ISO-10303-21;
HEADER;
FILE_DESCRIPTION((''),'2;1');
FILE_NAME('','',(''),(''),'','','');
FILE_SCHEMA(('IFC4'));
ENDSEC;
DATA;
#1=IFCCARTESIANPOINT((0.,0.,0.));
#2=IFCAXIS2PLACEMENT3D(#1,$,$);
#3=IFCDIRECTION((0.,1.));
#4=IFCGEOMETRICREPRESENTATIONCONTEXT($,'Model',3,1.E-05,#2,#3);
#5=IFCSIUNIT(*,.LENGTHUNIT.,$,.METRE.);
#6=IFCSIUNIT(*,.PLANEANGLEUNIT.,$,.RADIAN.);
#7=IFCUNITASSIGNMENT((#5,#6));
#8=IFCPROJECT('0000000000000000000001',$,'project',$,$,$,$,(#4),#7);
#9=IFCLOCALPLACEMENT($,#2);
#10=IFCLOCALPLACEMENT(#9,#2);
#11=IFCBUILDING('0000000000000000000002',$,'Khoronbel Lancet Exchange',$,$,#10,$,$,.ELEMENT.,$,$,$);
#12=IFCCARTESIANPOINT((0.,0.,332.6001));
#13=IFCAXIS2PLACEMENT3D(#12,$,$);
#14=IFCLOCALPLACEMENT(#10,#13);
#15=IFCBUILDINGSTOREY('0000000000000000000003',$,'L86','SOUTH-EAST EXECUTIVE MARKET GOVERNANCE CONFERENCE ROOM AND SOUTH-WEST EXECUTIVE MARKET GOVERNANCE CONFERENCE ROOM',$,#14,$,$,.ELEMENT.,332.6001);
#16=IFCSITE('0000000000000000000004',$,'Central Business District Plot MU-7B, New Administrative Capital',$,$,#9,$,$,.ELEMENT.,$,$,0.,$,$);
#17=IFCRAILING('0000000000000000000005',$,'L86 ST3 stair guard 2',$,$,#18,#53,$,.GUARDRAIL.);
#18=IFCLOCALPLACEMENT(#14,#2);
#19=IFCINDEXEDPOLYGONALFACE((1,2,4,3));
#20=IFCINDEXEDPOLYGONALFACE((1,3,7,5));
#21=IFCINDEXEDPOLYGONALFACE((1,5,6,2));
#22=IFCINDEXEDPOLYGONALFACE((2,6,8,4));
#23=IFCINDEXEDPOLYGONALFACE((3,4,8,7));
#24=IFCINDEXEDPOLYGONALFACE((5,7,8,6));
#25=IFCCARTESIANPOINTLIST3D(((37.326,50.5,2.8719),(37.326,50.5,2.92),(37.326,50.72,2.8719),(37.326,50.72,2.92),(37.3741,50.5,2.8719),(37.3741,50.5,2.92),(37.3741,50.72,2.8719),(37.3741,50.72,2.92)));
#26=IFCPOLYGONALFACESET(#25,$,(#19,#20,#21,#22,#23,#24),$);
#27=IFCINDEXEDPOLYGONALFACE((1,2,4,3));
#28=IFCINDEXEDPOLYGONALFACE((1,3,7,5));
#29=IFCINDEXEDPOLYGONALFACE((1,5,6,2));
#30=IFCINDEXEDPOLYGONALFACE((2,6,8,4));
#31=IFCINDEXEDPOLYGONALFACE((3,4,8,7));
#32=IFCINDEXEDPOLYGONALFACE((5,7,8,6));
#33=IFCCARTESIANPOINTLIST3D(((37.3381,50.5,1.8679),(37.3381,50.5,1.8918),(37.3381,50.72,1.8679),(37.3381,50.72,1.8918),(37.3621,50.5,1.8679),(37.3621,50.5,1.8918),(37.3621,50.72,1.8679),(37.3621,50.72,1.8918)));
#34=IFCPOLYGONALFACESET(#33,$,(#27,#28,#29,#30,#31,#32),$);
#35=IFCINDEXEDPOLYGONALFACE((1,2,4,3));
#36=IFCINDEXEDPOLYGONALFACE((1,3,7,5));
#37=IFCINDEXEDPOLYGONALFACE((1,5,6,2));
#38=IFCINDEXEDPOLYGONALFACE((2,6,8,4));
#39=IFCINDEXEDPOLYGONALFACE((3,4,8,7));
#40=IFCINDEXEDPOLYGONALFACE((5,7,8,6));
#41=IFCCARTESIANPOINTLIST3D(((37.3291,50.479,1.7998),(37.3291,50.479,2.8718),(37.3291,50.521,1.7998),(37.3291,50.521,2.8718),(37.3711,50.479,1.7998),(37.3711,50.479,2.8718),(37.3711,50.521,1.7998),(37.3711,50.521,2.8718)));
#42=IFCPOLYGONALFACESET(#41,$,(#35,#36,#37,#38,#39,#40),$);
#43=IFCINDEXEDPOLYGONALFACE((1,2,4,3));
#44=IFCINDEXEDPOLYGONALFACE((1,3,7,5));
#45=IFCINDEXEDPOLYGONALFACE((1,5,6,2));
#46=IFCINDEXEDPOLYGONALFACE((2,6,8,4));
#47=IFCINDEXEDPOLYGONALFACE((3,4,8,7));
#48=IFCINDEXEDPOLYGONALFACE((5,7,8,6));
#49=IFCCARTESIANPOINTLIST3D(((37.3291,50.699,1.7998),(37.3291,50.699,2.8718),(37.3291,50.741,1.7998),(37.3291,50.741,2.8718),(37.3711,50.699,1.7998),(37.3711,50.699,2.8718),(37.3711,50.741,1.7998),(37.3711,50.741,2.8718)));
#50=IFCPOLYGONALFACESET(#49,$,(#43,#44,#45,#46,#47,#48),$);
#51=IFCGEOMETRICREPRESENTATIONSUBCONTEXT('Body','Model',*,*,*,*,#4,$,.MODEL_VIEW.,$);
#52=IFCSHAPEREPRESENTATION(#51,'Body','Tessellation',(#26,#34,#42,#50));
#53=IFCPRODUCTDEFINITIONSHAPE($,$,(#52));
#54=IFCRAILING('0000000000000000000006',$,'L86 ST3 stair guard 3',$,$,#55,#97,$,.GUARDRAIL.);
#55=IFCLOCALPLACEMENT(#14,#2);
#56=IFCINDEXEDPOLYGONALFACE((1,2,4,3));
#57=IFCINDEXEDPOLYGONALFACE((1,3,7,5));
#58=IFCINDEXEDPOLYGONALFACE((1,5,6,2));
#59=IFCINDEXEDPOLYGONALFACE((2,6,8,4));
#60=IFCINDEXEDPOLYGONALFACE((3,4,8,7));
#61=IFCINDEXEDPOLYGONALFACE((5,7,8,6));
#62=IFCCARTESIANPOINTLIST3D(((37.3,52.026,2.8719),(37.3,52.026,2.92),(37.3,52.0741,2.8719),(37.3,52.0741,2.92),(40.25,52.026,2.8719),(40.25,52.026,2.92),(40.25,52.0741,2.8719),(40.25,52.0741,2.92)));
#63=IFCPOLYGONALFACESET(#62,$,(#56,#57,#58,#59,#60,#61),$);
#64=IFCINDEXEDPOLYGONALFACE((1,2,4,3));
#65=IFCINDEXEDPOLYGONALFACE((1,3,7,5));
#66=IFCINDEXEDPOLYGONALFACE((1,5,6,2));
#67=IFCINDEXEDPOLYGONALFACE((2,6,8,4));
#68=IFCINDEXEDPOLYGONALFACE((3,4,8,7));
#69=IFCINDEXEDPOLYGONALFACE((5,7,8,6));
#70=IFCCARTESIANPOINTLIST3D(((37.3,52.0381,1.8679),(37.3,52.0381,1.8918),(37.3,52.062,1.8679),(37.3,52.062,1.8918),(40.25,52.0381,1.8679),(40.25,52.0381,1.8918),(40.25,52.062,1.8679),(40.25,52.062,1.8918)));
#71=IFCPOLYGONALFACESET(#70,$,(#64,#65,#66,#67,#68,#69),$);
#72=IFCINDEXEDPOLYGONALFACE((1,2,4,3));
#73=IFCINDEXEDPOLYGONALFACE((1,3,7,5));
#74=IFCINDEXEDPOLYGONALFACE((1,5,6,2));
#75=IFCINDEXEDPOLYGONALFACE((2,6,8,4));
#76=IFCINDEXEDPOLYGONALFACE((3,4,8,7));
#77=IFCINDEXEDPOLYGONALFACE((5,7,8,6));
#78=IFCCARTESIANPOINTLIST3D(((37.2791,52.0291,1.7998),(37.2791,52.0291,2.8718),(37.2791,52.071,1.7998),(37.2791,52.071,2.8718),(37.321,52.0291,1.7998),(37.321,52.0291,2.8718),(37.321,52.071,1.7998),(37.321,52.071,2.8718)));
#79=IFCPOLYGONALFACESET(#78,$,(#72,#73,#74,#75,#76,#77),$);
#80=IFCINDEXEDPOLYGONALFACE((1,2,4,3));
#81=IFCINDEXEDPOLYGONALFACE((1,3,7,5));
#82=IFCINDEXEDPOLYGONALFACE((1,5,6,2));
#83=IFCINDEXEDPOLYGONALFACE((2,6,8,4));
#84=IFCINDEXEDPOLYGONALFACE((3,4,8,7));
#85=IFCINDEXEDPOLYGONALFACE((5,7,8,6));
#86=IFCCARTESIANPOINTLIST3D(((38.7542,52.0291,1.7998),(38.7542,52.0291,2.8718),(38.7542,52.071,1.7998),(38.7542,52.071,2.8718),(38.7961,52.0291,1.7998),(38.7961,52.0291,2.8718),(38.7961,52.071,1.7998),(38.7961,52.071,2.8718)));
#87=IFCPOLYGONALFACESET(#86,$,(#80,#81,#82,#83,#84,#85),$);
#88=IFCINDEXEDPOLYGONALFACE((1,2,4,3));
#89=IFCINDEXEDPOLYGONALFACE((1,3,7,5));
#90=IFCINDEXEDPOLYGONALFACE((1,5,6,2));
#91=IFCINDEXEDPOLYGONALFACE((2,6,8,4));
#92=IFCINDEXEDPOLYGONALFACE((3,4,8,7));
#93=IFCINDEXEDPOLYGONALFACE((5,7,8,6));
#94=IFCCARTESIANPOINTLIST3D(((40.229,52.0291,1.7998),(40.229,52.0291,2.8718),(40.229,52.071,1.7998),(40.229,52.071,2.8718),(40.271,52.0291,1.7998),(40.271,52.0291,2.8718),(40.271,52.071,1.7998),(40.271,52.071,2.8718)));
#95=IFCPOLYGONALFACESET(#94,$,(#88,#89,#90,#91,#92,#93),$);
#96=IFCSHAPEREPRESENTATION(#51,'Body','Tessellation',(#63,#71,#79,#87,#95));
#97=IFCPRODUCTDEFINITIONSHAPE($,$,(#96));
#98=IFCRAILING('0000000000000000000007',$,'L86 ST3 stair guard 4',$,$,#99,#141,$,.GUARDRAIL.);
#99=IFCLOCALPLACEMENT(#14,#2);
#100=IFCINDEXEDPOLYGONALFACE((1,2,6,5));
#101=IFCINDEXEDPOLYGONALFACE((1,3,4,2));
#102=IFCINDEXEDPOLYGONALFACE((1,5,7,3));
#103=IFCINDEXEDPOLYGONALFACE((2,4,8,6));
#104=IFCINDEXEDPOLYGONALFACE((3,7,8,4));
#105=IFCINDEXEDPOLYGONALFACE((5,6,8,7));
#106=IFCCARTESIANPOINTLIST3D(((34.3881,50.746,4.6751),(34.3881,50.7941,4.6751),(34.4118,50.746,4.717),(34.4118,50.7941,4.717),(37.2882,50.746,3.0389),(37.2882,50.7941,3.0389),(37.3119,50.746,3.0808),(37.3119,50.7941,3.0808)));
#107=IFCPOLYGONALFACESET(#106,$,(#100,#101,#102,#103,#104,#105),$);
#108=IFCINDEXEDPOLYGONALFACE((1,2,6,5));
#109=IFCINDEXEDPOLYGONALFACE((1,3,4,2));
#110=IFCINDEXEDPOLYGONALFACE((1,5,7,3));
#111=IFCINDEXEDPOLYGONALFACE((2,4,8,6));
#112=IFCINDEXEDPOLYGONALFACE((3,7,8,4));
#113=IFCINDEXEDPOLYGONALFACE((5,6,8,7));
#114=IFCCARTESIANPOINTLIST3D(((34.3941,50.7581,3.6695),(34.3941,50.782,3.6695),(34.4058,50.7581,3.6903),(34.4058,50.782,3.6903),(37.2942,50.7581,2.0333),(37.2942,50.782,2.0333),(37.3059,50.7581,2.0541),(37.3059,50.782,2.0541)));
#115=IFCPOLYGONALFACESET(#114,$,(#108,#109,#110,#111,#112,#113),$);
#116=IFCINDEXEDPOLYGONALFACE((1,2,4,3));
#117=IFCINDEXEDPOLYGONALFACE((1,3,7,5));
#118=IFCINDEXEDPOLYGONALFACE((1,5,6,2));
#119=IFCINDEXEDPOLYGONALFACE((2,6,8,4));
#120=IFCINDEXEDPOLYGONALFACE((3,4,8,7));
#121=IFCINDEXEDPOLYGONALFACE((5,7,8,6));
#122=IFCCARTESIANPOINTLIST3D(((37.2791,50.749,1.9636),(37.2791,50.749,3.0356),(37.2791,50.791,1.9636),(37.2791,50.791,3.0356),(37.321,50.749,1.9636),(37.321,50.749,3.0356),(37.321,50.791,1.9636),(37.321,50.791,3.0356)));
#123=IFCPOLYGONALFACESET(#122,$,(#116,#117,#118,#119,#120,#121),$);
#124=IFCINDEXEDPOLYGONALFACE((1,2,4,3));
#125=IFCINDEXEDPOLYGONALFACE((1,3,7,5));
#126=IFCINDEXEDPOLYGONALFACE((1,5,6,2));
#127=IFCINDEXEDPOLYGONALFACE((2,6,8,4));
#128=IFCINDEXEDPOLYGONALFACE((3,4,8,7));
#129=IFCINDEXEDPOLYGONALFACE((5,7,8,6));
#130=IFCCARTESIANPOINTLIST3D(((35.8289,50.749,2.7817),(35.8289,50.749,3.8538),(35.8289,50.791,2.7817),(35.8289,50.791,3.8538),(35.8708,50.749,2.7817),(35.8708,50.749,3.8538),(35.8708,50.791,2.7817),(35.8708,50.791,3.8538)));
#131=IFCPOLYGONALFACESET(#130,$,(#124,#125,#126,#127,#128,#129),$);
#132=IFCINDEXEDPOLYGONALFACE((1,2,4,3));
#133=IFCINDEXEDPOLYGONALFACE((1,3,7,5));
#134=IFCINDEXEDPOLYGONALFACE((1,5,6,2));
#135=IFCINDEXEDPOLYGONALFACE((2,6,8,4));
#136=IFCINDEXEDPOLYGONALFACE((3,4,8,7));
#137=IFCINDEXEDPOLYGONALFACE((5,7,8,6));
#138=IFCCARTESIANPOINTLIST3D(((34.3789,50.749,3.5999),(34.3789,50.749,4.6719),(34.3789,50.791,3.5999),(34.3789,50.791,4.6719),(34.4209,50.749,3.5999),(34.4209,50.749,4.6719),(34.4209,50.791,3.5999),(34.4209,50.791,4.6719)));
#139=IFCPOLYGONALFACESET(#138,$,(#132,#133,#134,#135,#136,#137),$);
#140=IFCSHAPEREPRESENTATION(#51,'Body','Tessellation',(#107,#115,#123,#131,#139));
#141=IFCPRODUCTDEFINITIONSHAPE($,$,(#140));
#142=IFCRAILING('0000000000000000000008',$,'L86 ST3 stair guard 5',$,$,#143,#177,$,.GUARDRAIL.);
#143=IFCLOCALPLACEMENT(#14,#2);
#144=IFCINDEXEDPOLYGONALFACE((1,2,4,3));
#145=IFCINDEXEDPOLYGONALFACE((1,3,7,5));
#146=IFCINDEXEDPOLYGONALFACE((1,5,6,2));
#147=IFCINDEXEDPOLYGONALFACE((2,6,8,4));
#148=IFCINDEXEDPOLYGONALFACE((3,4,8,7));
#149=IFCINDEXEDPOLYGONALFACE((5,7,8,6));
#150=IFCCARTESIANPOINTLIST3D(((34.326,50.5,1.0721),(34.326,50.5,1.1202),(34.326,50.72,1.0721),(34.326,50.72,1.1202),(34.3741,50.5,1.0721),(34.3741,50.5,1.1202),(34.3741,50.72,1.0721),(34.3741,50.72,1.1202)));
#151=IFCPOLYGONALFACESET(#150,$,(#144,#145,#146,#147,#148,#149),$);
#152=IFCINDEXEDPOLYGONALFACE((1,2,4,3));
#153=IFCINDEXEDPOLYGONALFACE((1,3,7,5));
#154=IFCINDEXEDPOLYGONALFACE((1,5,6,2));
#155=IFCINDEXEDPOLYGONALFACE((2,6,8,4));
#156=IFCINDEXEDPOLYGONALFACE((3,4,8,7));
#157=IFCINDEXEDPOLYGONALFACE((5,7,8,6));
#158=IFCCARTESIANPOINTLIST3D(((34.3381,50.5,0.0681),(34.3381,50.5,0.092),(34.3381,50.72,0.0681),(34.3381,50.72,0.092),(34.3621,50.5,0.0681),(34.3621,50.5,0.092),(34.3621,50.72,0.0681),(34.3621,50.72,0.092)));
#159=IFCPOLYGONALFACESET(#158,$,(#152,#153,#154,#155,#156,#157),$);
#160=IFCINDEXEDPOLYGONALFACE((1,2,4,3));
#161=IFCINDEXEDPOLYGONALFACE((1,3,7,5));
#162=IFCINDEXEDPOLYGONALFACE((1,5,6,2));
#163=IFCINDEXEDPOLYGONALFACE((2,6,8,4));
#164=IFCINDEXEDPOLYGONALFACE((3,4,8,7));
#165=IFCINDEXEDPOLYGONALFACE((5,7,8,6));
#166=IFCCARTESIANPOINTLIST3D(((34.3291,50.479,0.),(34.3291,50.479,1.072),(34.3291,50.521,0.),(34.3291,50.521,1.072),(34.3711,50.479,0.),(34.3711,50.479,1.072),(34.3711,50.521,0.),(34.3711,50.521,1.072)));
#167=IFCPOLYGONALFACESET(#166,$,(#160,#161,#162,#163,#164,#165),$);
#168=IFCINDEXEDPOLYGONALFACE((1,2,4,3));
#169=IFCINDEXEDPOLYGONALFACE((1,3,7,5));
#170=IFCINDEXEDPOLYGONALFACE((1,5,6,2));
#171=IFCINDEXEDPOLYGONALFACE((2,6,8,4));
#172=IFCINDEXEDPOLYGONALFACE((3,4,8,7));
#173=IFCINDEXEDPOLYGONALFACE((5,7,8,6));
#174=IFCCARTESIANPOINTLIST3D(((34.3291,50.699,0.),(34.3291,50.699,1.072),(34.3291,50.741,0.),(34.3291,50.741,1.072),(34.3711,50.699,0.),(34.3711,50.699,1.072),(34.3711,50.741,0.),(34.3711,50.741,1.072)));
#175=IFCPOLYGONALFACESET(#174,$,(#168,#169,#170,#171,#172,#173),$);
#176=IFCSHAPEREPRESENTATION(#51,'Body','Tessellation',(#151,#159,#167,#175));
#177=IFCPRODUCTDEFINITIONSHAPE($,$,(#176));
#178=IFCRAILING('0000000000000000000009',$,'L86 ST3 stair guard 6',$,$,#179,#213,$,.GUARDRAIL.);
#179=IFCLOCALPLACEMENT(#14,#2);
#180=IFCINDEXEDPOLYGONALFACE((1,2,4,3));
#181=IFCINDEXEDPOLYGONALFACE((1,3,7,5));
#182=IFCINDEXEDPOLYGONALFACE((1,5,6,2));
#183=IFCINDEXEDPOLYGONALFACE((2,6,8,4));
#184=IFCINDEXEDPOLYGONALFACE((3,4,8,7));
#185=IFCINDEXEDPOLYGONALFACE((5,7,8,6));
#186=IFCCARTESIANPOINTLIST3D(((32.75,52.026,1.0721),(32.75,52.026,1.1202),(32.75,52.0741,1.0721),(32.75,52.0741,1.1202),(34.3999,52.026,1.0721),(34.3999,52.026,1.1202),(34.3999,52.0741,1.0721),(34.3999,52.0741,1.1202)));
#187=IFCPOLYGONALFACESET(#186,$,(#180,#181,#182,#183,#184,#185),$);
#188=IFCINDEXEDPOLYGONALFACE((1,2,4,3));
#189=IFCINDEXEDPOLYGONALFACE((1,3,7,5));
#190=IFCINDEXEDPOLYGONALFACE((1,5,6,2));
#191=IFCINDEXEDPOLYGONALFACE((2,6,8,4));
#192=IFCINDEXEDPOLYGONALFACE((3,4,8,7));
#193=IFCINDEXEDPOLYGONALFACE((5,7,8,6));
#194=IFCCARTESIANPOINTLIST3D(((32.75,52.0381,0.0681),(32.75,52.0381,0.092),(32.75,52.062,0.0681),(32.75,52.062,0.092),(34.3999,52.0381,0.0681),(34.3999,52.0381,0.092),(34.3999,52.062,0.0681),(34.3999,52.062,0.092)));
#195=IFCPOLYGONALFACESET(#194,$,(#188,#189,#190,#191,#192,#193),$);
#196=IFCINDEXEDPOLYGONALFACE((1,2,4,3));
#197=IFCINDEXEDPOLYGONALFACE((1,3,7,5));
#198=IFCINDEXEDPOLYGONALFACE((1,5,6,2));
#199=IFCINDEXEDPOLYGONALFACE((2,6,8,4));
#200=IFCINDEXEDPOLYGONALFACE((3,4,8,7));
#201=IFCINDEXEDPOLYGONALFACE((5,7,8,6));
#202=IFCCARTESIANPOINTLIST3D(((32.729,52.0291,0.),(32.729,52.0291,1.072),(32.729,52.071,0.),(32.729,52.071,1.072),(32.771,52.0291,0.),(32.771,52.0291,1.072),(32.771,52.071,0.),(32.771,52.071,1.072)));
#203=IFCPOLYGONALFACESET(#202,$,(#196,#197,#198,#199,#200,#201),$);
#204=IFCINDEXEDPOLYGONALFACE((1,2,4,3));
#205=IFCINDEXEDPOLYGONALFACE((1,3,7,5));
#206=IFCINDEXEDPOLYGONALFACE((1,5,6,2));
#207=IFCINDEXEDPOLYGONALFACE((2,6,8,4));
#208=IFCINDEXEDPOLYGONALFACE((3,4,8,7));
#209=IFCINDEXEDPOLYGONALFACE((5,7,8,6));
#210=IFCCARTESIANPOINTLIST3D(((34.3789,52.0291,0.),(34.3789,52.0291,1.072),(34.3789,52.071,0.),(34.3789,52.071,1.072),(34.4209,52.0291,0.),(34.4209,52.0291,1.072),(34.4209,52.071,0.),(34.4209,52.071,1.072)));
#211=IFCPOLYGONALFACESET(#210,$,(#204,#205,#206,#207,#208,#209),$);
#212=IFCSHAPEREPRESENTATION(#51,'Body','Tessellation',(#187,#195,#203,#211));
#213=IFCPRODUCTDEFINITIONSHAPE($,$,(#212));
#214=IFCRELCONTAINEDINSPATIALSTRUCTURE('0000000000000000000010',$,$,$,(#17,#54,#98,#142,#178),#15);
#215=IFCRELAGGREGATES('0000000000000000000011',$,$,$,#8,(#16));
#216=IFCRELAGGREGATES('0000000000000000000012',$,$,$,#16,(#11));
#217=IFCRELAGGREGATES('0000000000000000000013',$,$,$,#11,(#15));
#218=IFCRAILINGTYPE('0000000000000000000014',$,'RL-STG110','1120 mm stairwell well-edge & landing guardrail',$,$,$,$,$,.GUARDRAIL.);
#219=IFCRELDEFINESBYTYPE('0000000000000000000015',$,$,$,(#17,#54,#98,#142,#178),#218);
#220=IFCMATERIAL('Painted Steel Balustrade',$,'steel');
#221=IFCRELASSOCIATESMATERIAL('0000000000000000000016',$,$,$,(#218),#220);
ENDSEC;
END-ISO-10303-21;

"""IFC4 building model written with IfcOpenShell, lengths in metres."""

from ifc_helpers import new_model, si_unit, direction, frame, origin, origin_2d, place, context, subcontext, project, spatial, rectangle, extrude, material, type_object, element, save


model = new_model("IFC4")

# Units and contexts
model_context = context("Model", 3, precision=1e-05, world=origin(), true_north=direction((0.0, 1.0)))
body_context = subcontext(model_context, "Body", "Model", "MODEL_VIEW")
ifc_project = project(units=[si_unit("LENGTHUNIT", "METRE"), si_unit("PLANEANGLEUNIT", "RADIAN")], contexts=[model_context])

# Site, building, storey
site_placement = place(None, origin())
site = spatial("IfcSite", under=ifc_project, at=site_placement, Name="Central Business District Plot MU-7B, New Administrative Capital", CompositionType="ELEMENT", RefElevation=0.0)
building_placement = place(site_placement, origin())
building = spatial("IfcBuilding", under=site, at=building_placement, Name="Khoronbel Lancet Exchange", CompositionType="ELEMENT")
storey_placement = place(building_placement, frame((0.0, 0.0, 332.6001)))
storey = spatial("IfcBuildingStorey", under=building, at=storey_placement, Name="L86", Description="SOUTH-EAST EXECUTIVE MARKET GOVERNANCE CONFERENCE ROOM AND SOUTH-WEST EXECUTIVE MARKET GOVERNANCE CONFERENCE ROOM", CompositionType="ELEMENT", Elevation=332.6001)

# Railings
ifc_material_1 = material(Name="Painted Steel Balustrade", Category="steel")
railing_type_1 = type_object("IfcRailingType", Name="RL-STG110", Description="1120 mm stairwell well-edge & landing guardrail", PredefinedType="GUARDRAIL", material=ifc_material_1)
railing_1_placement = place(storey_placement, frame((37.3501, 50.5, 1.7998)))
element("IfcRailing", 1, at=railing_1_placement, inside=storey, type_object=railing_type_1, Name="L86 ST3 stair guard 2", PredefinedType="GUARDRAIL", context=body_context, shape_type="SweptSolid", body=[
    extrude(rectangle(XDim=0.0481, YDim=0.0481, at=origin_2d()), frame((0.0, 0.0, 1.0962), z_axis=(0.0, 1.0, 0.0), x_axis=(-1.0, 0.0, 0.0)), (0.0, 0.0, 1.0), 0.22),
    extrude(rectangle(XDim=0.0239, YDim=0.0239, at=origin_2d()), frame((0.0, 0.0, 0.0801), z_axis=(0.0, 1.0, 0.0), x_axis=(-1.0, 0.0, 0.0)), (0.0, 0.0, 1.0), 0.22),
    extrude(rectangle(XDim=0.042, YDim=0.042, at=origin_2d()), origin(), (0.0, 0.0, 1.0), 1.072),
    extrude(rectangle(XDim=0.042, YDim=0.042, at=origin_2d()), frame((0.0, 0.22, 0.0)), (0.0, 0.0, 1.0), 1.072),
])
railing_2_placement = place(storey_placement, frame((37.3, 52.05, 1.7998)))
element("IfcRailing", 2, at=railing_2_placement, inside=storey, type_object=railing_type_1, Name="L86 ST3 stair guard 3", PredefinedType="GUARDRAIL", context=body_context, shape_type="SweptSolid", body=[
    extrude(rectangle(XDim=0.0481, YDim=0.0481, at=origin_2d()), frame((0.0, 0.0, 1.0962), z_axis=(1.0, 0.0, 0.0), x_axis=(0.0, 1.0, 0.0)), (0.0, 0.0, 1.0), 2.95),
    extrude(rectangle(XDim=0.0239, YDim=0.0239, at=origin_2d()), frame((0.0, 0.0, 0.0801), z_axis=(1.0, 0.0, 0.0), x_axis=(0.0, 1.0, 0.0)), (0.0, 0.0, 1.0), 2.95),
    extrude(rectangle(XDim=0.042, YDim=0.042, at=origin_2d()), origin(), (0.0, 0.0, 1.0), 1.072),
    extrude(rectangle(XDim=0.042, YDim=0.042, at=origin_2d()), frame((1.4751, 0.0, 0.0)), (0.0, 0.0, 1.0), 1.072),
    extrude(rectangle(XDim=0.042, YDim=0.042, at=origin_2d()), frame((2.95, 0.0, 0.0)), (0.0, 0.0, 1.0), 1.072),
])
railing_3_placement = place(storey_placement, frame((37.3, 50.77, 1.9636)))
element("IfcRailing", 3, at=railing_3_placement, inside=storey, type_object=railing_type_1, Name="L86 ST3 stair guard 4", PredefinedType="GUARDRAIL", context=body_context, shape_type="SweptSolid", body=[
    extrude(rectangle(XDim=0.0481, YDim=0.0481, at=origin_2d()), frame((0.0, 0.0, 1.0962), z_axis=(-0.870946, 0.0, 0.491378), x_axis=(0.0, -1.0, 0.0)), (0.0, 0.0, 1.0), 3.3298),
    extrude(rectangle(XDim=0.0239, YDim=0.0239, at=origin_2d()), frame((0.0, 0.0, 0.0801), z_axis=(-0.870946, 0.0, 0.491378), x_axis=(0.0, -1.0, 0.0)), (0.0, 0.0, 1.0), 3.3298),
    extrude(rectangle(XDim=0.042, YDim=0.042, at=origin_2d()), origin(), (0.0, 0.0, 1.0), 1.072),
    extrude(rectangle(XDim=0.042, YDim=0.042, at=origin_2d()), frame((-1.4502, 0.0, 0.8181)), (0.0, 0.0, 1.0), 1.072),
    extrude(rectangle(XDim=0.042, YDim=0.042, at=origin_2d()), frame((-2.9001, 0.0, 1.6362)), (0.0, 0.0, 1.0), 1.072),
])
railing_4_placement = place(storey_placement, frame((34.3501, 50.5, 0.0)))
element("IfcRailing", 4, at=railing_4_placement, inside=storey, type_object=railing_type_1, Name="L86 ST3 stair guard 5", PredefinedType="GUARDRAIL", context=body_context, shape_type="SweptSolid", body=[
    extrude(rectangle(XDim=0.0481, YDim=0.0481, at=origin_2d()), frame((0.0, 0.0, 1.0962), z_axis=(0.0, 1.0, 0.0), x_axis=(-1.0, 0.0, 0.0)), (0.0, 0.0, 1.0), 0.22),
    extrude(rectangle(XDim=0.0239, YDim=0.0239, at=origin_2d()), frame((0.0, 0.0, 0.0801), z_axis=(0.0, 1.0, 0.0), x_axis=(-1.0, 0.0, 0.0)), (0.0, 0.0, 1.0), 0.22),
    extrude(rectangle(XDim=0.042, YDim=0.042, at=origin_2d()), origin(), (0.0, 0.0, 1.0), 1.072),
    extrude(rectangle(XDim=0.042, YDim=0.042, at=origin_2d()), frame((0.0, 0.22, 0.0)), (0.0, 0.0, 1.0), 1.072),
])
railing_5_placement = place(storey_placement, frame((32.75, 52.05, 0.0)))
element("IfcRailing", 5, at=railing_5_placement, inside=storey, type_object=railing_type_1, Name="L86 ST3 stair guard 6", PredefinedType="GUARDRAIL", context=body_context, shape_type="SweptSolid", body=[
    extrude(rectangle(XDim=0.0481, YDim=0.0481, at=origin_2d()), frame((0.0, 0.0, 1.0962), z_axis=(1.0, 0.0, 0.0), x_axis=(0.0, 1.0, 0.0)), (0.0, 0.0, 1.0), 1.6499),
    extrude(rectangle(XDim=0.0239, YDim=0.0239, at=origin_2d()), frame((0.0, 0.0, 0.0801), z_axis=(1.0, 0.0, 0.0), x_axis=(0.0, 1.0, 0.0)), (0.0, 0.0, 1.0), 1.6499),
    extrude(rectangle(XDim=0.042, YDim=0.042, at=origin_2d()), origin(), (0.0, 0.0, 1.0), 1.072),
    extrude(rectangle(XDim=0.042, YDim=0.042, at=origin_2d()), frame((1.6499, 0.0, 0.0)), (0.0, 0.0, 1.0), 1.072),
])

save(model, "model.ifc")
